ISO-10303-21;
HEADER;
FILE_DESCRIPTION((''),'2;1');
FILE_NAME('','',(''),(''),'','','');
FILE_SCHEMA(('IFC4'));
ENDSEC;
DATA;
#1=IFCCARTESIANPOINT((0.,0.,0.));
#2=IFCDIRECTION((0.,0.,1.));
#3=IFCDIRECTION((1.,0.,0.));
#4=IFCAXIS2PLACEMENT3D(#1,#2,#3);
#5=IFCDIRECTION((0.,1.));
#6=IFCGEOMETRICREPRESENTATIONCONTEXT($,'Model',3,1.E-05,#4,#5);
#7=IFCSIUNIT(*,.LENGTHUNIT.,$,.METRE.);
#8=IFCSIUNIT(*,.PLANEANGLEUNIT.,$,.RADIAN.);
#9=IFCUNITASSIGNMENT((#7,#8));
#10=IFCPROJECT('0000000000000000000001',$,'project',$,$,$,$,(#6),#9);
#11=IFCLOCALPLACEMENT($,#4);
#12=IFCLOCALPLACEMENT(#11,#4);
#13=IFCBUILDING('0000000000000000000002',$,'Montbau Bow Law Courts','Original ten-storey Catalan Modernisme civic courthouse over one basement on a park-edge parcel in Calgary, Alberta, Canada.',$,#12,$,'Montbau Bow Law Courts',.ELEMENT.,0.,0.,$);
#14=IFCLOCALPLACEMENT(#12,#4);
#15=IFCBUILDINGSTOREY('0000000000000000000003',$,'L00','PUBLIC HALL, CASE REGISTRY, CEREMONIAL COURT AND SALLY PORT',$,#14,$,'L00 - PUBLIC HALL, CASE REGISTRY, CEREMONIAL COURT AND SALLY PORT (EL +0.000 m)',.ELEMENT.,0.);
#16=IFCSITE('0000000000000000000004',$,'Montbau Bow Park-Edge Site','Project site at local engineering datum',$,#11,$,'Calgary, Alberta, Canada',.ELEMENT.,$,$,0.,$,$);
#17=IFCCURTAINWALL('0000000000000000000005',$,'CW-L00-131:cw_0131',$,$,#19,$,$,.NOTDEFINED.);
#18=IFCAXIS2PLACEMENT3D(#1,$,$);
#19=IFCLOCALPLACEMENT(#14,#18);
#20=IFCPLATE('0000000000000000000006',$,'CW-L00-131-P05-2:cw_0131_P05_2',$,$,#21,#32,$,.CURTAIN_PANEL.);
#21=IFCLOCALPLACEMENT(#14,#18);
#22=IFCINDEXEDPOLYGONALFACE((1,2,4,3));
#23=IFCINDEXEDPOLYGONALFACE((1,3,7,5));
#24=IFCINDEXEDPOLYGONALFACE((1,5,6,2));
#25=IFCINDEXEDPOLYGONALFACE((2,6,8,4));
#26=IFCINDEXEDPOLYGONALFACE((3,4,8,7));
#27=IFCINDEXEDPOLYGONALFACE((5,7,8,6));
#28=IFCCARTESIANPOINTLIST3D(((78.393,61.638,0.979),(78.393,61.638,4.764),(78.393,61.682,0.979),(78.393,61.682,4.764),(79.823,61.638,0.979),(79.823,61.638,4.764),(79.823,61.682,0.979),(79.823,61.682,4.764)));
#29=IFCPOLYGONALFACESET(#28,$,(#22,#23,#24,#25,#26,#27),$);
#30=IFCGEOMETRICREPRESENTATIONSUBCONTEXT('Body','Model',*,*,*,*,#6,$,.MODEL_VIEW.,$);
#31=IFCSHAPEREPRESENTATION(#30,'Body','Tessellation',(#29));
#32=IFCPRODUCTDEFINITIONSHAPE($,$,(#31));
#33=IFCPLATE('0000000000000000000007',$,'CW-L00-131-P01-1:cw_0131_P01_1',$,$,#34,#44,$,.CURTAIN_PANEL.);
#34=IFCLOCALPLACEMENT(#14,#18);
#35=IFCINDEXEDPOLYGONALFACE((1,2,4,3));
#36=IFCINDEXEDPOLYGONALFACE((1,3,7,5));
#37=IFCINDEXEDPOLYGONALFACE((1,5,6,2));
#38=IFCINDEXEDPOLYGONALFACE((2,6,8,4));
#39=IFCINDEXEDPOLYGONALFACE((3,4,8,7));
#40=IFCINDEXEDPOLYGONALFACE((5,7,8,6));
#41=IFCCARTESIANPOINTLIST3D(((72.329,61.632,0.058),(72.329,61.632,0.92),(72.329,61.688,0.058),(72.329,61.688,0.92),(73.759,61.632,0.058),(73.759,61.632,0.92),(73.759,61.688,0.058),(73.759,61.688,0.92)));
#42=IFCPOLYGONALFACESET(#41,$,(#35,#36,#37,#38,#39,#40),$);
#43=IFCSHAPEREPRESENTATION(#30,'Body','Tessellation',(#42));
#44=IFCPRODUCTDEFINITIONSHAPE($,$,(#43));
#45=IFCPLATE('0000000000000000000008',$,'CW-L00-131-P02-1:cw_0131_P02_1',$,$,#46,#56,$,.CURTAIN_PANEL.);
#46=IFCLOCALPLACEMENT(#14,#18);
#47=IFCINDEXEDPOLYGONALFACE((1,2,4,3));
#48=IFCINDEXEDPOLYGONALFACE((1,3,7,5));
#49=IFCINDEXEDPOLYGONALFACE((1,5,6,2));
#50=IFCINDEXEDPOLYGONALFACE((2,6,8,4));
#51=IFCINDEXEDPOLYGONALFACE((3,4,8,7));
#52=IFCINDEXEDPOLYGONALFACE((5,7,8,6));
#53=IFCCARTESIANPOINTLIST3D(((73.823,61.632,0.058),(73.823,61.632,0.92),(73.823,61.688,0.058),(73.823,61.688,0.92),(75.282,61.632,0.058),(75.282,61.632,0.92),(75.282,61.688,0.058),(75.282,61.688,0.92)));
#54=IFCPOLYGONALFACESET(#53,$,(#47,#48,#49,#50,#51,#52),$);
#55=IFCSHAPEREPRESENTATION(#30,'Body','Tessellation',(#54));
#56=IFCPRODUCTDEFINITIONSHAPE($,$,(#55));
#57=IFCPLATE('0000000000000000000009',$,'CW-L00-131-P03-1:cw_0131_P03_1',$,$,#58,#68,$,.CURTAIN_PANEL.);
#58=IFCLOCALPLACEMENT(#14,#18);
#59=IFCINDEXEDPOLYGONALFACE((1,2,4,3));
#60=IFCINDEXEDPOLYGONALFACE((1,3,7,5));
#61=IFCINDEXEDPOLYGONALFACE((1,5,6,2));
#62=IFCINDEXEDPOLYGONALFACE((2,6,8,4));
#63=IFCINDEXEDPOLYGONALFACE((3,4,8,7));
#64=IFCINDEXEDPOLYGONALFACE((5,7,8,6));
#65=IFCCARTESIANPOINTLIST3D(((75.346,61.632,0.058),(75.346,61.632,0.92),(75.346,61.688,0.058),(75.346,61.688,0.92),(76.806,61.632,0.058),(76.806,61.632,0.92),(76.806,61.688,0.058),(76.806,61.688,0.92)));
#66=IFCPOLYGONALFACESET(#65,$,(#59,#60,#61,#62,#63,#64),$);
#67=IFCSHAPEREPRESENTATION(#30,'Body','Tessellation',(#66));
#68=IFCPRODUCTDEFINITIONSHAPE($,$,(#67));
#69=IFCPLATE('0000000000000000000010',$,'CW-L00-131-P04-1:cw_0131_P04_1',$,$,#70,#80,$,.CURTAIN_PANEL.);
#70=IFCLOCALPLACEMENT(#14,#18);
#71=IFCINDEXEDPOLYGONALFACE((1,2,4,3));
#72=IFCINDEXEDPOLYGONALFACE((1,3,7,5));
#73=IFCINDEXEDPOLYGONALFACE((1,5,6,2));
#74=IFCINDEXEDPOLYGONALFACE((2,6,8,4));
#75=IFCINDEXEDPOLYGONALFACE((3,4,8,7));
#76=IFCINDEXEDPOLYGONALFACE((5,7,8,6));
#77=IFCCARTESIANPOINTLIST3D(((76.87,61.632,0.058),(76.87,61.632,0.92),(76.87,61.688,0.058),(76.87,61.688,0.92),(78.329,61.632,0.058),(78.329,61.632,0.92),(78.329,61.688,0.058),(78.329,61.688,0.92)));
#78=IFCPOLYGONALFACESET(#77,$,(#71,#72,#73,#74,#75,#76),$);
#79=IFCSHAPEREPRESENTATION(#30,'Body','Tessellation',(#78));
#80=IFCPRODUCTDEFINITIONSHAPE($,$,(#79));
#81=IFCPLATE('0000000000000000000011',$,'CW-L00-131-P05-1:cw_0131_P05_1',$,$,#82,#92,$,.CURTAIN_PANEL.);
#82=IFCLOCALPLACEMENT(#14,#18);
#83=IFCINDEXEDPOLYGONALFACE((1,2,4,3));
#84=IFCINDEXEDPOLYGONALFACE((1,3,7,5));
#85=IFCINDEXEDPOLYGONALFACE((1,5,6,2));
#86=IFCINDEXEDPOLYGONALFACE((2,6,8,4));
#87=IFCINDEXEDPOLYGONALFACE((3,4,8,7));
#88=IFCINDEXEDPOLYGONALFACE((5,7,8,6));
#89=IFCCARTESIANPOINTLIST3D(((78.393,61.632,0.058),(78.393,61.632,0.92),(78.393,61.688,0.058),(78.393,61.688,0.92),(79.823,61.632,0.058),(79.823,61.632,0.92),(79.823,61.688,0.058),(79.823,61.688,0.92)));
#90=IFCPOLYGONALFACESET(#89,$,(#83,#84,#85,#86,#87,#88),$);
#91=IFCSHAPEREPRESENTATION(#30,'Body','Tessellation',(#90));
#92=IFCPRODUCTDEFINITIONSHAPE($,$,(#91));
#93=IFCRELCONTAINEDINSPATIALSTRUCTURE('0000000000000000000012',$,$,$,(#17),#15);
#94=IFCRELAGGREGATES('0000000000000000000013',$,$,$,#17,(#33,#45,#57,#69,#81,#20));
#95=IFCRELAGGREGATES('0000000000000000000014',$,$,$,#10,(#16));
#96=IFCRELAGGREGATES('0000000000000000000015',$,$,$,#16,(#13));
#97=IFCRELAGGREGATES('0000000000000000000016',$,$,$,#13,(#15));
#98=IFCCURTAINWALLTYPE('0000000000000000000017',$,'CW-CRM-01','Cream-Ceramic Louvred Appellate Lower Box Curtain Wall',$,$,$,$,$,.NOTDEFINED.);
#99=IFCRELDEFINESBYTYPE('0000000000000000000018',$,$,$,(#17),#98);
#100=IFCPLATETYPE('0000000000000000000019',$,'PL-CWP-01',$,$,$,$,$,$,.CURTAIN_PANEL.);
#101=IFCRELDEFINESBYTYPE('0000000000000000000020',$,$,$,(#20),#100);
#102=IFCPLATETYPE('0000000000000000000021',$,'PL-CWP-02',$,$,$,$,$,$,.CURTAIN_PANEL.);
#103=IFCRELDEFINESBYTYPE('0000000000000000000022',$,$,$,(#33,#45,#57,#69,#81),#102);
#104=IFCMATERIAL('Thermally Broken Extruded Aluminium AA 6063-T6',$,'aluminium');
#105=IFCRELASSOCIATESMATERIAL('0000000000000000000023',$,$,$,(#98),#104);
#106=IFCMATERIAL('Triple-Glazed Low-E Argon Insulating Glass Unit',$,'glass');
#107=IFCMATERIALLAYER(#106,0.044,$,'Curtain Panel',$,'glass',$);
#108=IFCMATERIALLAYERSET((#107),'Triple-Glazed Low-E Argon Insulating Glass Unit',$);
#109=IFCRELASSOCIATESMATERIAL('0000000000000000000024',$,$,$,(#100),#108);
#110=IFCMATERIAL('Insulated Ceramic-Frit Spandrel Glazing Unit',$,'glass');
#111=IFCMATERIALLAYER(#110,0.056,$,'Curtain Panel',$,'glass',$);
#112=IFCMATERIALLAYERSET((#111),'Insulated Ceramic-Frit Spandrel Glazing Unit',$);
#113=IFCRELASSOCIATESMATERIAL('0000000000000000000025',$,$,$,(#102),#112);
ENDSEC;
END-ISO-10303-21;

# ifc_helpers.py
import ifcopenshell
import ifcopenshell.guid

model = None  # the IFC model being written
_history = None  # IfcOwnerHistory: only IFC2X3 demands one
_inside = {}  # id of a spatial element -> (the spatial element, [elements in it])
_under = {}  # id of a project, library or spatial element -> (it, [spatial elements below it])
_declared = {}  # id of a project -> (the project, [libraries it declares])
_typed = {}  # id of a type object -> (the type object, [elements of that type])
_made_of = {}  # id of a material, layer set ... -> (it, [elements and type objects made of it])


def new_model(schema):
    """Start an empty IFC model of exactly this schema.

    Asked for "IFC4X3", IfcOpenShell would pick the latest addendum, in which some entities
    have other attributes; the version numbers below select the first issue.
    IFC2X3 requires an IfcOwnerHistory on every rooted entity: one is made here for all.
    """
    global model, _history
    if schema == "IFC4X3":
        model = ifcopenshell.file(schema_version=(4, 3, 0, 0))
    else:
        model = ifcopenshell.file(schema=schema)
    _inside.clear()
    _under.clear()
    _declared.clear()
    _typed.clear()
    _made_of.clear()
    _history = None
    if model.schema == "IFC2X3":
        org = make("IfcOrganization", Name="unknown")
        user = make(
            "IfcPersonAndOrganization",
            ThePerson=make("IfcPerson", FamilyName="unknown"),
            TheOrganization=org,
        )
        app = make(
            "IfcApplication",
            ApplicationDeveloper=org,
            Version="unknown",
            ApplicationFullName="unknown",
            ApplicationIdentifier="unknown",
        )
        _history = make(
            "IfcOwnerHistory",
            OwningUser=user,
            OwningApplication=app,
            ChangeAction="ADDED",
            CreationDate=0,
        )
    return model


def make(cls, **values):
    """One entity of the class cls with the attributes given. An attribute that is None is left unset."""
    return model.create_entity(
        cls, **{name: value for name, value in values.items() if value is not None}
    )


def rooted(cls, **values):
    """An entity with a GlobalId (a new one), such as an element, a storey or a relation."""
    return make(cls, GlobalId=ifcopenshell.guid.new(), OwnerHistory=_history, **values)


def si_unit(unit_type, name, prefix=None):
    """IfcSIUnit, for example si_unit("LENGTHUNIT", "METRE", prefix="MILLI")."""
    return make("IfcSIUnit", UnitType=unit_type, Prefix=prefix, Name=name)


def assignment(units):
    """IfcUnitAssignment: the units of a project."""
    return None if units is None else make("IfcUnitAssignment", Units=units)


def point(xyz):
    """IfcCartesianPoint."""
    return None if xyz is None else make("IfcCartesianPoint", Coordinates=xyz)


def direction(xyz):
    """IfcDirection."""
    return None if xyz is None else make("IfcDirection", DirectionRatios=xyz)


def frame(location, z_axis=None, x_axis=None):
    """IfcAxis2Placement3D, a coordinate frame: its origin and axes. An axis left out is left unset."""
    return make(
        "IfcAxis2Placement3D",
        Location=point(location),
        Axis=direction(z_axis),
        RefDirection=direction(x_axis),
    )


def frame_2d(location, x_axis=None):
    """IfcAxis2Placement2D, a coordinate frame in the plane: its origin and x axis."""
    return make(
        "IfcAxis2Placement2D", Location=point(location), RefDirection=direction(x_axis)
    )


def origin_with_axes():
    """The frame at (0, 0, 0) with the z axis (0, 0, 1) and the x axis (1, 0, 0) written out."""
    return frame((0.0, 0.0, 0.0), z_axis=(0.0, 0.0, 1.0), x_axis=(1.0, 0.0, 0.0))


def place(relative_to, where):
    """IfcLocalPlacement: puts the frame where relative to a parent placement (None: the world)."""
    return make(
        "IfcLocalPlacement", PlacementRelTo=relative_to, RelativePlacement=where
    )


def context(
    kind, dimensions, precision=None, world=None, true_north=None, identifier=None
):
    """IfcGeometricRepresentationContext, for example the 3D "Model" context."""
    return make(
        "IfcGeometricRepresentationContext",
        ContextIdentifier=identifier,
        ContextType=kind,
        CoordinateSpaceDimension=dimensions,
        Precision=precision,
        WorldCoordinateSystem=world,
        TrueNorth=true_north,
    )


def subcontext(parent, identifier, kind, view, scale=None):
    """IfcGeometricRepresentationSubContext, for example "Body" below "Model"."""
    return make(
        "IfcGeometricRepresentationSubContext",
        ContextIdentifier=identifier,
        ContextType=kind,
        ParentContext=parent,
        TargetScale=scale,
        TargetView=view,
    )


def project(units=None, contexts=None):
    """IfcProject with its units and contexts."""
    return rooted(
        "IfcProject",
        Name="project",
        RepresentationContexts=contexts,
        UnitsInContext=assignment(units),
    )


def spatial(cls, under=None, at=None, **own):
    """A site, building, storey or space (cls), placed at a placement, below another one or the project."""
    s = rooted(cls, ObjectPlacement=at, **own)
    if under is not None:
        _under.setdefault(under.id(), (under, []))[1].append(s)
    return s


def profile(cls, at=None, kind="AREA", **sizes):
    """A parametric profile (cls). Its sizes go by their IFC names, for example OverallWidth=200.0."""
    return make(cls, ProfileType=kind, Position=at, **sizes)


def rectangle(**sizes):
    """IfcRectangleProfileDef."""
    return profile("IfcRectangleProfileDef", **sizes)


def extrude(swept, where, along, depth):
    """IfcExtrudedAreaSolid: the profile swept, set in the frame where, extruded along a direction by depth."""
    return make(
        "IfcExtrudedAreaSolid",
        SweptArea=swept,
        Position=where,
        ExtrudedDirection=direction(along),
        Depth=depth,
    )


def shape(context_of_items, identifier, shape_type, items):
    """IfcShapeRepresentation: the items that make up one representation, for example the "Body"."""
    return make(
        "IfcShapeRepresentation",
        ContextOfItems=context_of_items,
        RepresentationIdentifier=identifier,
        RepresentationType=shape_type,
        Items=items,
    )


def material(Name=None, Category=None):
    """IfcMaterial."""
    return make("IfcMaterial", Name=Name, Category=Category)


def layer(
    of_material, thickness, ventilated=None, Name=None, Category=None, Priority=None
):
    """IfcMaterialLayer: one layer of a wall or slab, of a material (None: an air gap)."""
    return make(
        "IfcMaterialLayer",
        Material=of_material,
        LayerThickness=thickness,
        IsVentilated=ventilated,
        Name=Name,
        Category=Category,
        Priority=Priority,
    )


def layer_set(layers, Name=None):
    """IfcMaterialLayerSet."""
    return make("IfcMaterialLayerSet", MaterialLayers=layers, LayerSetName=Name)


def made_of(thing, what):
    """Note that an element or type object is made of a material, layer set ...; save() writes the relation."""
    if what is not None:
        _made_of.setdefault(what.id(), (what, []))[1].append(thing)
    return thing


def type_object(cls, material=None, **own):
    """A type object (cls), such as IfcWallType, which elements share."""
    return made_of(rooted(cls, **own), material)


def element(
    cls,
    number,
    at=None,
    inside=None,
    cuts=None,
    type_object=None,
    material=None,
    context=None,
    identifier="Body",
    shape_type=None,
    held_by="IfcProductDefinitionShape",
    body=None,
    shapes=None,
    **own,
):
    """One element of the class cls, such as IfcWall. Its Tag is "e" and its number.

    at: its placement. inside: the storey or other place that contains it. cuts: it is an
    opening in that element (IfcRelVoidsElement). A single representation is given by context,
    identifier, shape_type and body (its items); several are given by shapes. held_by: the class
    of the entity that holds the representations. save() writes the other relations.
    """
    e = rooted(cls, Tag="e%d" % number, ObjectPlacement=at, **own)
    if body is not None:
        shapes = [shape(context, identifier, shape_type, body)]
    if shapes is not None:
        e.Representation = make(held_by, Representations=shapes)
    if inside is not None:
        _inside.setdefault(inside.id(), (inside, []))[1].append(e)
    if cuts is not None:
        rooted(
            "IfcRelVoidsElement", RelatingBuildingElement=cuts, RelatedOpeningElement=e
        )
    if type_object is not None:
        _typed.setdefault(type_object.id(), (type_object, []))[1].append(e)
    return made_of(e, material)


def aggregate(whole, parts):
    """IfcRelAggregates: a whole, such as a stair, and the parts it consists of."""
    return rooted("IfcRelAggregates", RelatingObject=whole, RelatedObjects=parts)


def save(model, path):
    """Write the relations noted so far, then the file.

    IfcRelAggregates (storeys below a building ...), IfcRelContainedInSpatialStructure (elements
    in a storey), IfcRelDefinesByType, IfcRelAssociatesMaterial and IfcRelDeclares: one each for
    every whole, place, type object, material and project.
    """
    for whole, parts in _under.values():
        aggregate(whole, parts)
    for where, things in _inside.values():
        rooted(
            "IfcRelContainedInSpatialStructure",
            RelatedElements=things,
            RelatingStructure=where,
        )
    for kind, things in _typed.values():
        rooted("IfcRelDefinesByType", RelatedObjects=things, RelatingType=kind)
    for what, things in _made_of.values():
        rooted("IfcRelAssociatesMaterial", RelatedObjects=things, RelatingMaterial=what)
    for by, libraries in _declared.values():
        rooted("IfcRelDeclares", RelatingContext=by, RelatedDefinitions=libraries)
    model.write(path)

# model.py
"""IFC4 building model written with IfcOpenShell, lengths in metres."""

from ifc_helpers import new_model, si_unit, direction, frame, frame_2d, origin_with_axes, place, context, subcontext, project, spatial, rectangle, extrude, material, layer, layer_set, type_object, element, aggregate, save


model = new_model("IFC4")

# Units and contexts
model_context = context("Model", 3, precision=1e-05, world=origin_with_axes(), true_north=direction((0.0, 1.0)))
body_context = subcontext(model_context, "Body", "Model", "MODEL_VIEW")
ifc_project = project(units=[si_unit("LENGTHUNIT", "METRE"), si_unit("PLANEANGLEUNIT", "RADIAN")], contexts=[model_context])

# Site, building, storey
site_placement = place(None, origin_with_axes())
site = spatial("IfcSite", under=ifc_project, at=site_placement, Name="Montbau Bow Park-Edge Site", Description="Project site at local engineering datum", LongName="Calgary, Alberta, Canada", CompositionType="ELEMENT", RefElevation=0.0)
building_placement = place(site_placement, origin_with_axes())
building = spatial("IfcBuilding", under=site, at=building_placement, Name="Montbau Bow Law Courts", Description="Original ten-storey Catalan Modernisme civic courthouse over one basement on a park-edge parcel in Calgary, Alberta, Canada.", LongName="Montbau Bow Law Courts", CompositionType="ELEMENT", ElevationOfRefHeight=0.0, ElevationOfTerrain=0.0)
storey_placement = place(building_placement, origin_with_axes())
storey = spatial("IfcBuildingStorey", under=building, at=storey_placement, Name="L00", Description="PUBLIC HALL, CASE REGISTRY, CEREMONIAL COURT AND SALLY PORT", LongName="L00 - PUBLIC HALL, CASE REGISTRY, CEREMONIAL COURT AND SALLY PORT (EL +0.000 m)", CompositionType="ELEMENT", Elevation=0.0)

# Curtain wall, plates
ifc_material_1 = material(Name="Thermally Broken Extruded Aluminium AA 6063-T6", Category="aluminium")
curtain_wall_type = type_object("IfcCurtainWallType", Name="CW-CRM-01", Description="Cream-Ceramic Louvred Appellate Lower Box Curtain Wall", PredefinedType="NOTDEFINED", material=ifc_material_1)
curtain_wall_placement = place(None, frame((72.267, 61.66, 0.0), z_axis=(0.0, 0.0, 1.0), x_axis=(1.0, 0.0, 0.0)))
curtain_wall = element("IfcCurtainWall", 1, at=curtain_wall_placement, inside=storey, type_object=curtain_wall_type, Name="CW-L00-131:cw_0131", PredefinedType="NOTDEFINED")
ifc_material_2 = material(Name="Triple-Glazed Low-E Argon Insulating Glass Unit", Category="glass")
ifc_layer_1 = layer(ifc_material_2, 0.044, Name="Curtain Panel", Category="glass")
ifc_layer_set_1 = layer_set([ifc_layer_1], Name="Triple-Glazed Low-E Argon Insulating Glass Unit")
plate_type_1 = type_object("IfcPlateType", Name="PL-CWP-01", PredefinedType="CURTAIN_PANEL", material=ifc_layer_set_1)
plate_1_placement = place(None, frame((78.393, 61.66, 0.979), z_axis=(0.0, -1.0, 0.0), x_axis=(1.0, 0.0, 0.0)))
plate_1 = element("IfcPlate", 2, at=plate_1_placement, type_object=plate_type_1, Name="CW-L00-131-P05-2:cw_0131_P05_2", PredefinedType="CURTAIN_PANEL", context=body_context, shape_type="SweptSolid", body=[
    extrude(rectangle(XDim=1.43, YDim=3.785, at=frame_2d((0.715, 1.8925), x_axis=(1.0, 0.0))), frame((0.0, 0.0, -0.022), z_axis=(0.0, 0.0, 1.0), x_axis=(1.0, 0.0, 0.0)), (0.0, 0.0, 1.0), 0.044),
])
ifc_material_3 = material(Name="Insulated Ceramic-Frit Spandrel Glazing Unit", Category="glass")
ifc_layer_2 = layer(ifc_material_3, 0.056, Name="Curtain Panel", Category="glass")
ifc_layer_set_2 = layer_set([ifc_layer_2], Name="Insulated Ceramic-Frit Spandrel Glazing Unit")
plate_type_2 = type_object("IfcPlateType", Name="PL-CWP-02", PredefinedType="CURTAIN_PANEL", material=ifc_layer_set_2)
plate_2_placement = place(None, frame((72.329, 61.66, 0.058), z_axis=(0.0, -1.0, 0.0), x_axis=(1.0, 0.0, 0.0)))
plate_2 = element("IfcPlate", 3, at=plate_2_placement, type_object=plate_type_2, Name="CW-L00-131-P01-1:cw_0131_P01_1", PredefinedType="CURTAIN_PANEL", context=body_context, shape_type="SweptSolid", body=[
    extrude(rectangle(XDim=1.43, YDim=0.862, at=frame_2d((0.715, 0.431), x_axis=(1.0, 0.0))), frame((0.0, 0.0, -0.028), z_axis=(0.0, 0.0, 1.0), x_axis=(1.0, 0.0, 0.0)), (0.0, 0.0, 1.0), 0.056),
])
plate_3_placement = place(None, frame((73.823, 61.66, 0.058), z_axis=(0.0, -1.0, 0.0), x_axis=(1.0, 0.0, 0.0)))
plate_3 = element("IfcPlate", 4, at=plate_3_placement, type_object=plate_type_2, Name="CW-L00-131-P02-1:cw_0131_P02_1", PredefinedType="CURTAIN_PANEL", context=body_context, shape_type="SweptSolid", body=[
    extrude(rectangle(XDim=1.459, YDim=0.862, at=frame_2d((0.7295, 0.431), x_axis=(1.0, 0.0))), frame((0.0, 0.0, -0.028), z_axis=(0.0, 0.0, 1.0), x_axis=(1.0, 0.0, 0.0)), (0.0, 0.0, 1.0), 0.056),
])
plate_4_placement = place(None, frame((75.346, 61.66, 0.058), z_axis=(0.0, -1.0, 0.0), x_axis=(1.0, 0.0, 0.0)))
plate_4 = element("IfcPlate", 5, at=plate_4_placement, type_object=plate_type_2, Name="CW-L00-131-P03-1:cw_0131_P03_1", PredefinedType="CURTAIN_PANEL", context=body_context, shape_type="SweptSolid", body=[
    extrude(rectangle(XDim=1.46, YDim=0.862, at=frame_2d((0.73, 0.431), x_axis=(1.0, 0.0))), frame((0.0, 0.0, -0.028), z_axis=(0.0, 0.0, 1.0), x_axis=(1.0, 0.0, 0.0)), (0.0, 0.0, 1.0), 0.056),
])
plate_5_placement = place(None, frame((76.87, 61.66, 0.058), z_axis=(0.0, -1.0, 0.0), x_axis=(1.0, 0.0, 0.0)))
plate_5 = element("IfcPlate", 6, at=plate_5_placement, type_object=plate_type_2, Name="CW-L00-131-P04-1:cw_0131_P04_1", PredefinedType="CURTAIN_PANEL", context=body_context, shape_type="SweptSolid", body=[
    extrude(rectangle(XDim=1.459, YDim=0.862, at=frame_2d((0.7295, 0.431), x_axis=(1.0, 0.0))), frame((0.0, 0.0, -0.028), z_axis=(0.0, 0.0, 1.0), x_axis=(1.0, 0.0, 0.0)), (0.0, 0.0, 1.0), 0.056),
])
plate_6_placement = place(None, frame((78.393, 61.66, 0.058), z_axis=(0.0, -1.0, 0.0), x_axis=(1.0, 0.0, 0.0)))
plate_6 = element("IfcPlate", 7, at=plate_6_placement, type_object=plate_type_2, Name="CW-L00-131-P05-1:cw_0131_P05_1", PredefinedType="CURTAIN_PANEL", context=body_context, shape_type="SweptSolid", body=[
    extrude(rectangle(XDim=1.43, YDim=0.862, at=frame_2d((0.715, 0.431), x_axis=(1.0, 0.0))), frame((0.0, 0.0, -0.028), z_axis=(0.0, 0.0, 1.0), x_axis=(1.0, 0.0, 0.0)), (0.0, 0.0, 1.0), 0.056),
])
aggregate(curtain_wall, [plate_2, plate_3, plate_4, plate_5, plate_6, plate_1])

save(model, "model.ifc")
